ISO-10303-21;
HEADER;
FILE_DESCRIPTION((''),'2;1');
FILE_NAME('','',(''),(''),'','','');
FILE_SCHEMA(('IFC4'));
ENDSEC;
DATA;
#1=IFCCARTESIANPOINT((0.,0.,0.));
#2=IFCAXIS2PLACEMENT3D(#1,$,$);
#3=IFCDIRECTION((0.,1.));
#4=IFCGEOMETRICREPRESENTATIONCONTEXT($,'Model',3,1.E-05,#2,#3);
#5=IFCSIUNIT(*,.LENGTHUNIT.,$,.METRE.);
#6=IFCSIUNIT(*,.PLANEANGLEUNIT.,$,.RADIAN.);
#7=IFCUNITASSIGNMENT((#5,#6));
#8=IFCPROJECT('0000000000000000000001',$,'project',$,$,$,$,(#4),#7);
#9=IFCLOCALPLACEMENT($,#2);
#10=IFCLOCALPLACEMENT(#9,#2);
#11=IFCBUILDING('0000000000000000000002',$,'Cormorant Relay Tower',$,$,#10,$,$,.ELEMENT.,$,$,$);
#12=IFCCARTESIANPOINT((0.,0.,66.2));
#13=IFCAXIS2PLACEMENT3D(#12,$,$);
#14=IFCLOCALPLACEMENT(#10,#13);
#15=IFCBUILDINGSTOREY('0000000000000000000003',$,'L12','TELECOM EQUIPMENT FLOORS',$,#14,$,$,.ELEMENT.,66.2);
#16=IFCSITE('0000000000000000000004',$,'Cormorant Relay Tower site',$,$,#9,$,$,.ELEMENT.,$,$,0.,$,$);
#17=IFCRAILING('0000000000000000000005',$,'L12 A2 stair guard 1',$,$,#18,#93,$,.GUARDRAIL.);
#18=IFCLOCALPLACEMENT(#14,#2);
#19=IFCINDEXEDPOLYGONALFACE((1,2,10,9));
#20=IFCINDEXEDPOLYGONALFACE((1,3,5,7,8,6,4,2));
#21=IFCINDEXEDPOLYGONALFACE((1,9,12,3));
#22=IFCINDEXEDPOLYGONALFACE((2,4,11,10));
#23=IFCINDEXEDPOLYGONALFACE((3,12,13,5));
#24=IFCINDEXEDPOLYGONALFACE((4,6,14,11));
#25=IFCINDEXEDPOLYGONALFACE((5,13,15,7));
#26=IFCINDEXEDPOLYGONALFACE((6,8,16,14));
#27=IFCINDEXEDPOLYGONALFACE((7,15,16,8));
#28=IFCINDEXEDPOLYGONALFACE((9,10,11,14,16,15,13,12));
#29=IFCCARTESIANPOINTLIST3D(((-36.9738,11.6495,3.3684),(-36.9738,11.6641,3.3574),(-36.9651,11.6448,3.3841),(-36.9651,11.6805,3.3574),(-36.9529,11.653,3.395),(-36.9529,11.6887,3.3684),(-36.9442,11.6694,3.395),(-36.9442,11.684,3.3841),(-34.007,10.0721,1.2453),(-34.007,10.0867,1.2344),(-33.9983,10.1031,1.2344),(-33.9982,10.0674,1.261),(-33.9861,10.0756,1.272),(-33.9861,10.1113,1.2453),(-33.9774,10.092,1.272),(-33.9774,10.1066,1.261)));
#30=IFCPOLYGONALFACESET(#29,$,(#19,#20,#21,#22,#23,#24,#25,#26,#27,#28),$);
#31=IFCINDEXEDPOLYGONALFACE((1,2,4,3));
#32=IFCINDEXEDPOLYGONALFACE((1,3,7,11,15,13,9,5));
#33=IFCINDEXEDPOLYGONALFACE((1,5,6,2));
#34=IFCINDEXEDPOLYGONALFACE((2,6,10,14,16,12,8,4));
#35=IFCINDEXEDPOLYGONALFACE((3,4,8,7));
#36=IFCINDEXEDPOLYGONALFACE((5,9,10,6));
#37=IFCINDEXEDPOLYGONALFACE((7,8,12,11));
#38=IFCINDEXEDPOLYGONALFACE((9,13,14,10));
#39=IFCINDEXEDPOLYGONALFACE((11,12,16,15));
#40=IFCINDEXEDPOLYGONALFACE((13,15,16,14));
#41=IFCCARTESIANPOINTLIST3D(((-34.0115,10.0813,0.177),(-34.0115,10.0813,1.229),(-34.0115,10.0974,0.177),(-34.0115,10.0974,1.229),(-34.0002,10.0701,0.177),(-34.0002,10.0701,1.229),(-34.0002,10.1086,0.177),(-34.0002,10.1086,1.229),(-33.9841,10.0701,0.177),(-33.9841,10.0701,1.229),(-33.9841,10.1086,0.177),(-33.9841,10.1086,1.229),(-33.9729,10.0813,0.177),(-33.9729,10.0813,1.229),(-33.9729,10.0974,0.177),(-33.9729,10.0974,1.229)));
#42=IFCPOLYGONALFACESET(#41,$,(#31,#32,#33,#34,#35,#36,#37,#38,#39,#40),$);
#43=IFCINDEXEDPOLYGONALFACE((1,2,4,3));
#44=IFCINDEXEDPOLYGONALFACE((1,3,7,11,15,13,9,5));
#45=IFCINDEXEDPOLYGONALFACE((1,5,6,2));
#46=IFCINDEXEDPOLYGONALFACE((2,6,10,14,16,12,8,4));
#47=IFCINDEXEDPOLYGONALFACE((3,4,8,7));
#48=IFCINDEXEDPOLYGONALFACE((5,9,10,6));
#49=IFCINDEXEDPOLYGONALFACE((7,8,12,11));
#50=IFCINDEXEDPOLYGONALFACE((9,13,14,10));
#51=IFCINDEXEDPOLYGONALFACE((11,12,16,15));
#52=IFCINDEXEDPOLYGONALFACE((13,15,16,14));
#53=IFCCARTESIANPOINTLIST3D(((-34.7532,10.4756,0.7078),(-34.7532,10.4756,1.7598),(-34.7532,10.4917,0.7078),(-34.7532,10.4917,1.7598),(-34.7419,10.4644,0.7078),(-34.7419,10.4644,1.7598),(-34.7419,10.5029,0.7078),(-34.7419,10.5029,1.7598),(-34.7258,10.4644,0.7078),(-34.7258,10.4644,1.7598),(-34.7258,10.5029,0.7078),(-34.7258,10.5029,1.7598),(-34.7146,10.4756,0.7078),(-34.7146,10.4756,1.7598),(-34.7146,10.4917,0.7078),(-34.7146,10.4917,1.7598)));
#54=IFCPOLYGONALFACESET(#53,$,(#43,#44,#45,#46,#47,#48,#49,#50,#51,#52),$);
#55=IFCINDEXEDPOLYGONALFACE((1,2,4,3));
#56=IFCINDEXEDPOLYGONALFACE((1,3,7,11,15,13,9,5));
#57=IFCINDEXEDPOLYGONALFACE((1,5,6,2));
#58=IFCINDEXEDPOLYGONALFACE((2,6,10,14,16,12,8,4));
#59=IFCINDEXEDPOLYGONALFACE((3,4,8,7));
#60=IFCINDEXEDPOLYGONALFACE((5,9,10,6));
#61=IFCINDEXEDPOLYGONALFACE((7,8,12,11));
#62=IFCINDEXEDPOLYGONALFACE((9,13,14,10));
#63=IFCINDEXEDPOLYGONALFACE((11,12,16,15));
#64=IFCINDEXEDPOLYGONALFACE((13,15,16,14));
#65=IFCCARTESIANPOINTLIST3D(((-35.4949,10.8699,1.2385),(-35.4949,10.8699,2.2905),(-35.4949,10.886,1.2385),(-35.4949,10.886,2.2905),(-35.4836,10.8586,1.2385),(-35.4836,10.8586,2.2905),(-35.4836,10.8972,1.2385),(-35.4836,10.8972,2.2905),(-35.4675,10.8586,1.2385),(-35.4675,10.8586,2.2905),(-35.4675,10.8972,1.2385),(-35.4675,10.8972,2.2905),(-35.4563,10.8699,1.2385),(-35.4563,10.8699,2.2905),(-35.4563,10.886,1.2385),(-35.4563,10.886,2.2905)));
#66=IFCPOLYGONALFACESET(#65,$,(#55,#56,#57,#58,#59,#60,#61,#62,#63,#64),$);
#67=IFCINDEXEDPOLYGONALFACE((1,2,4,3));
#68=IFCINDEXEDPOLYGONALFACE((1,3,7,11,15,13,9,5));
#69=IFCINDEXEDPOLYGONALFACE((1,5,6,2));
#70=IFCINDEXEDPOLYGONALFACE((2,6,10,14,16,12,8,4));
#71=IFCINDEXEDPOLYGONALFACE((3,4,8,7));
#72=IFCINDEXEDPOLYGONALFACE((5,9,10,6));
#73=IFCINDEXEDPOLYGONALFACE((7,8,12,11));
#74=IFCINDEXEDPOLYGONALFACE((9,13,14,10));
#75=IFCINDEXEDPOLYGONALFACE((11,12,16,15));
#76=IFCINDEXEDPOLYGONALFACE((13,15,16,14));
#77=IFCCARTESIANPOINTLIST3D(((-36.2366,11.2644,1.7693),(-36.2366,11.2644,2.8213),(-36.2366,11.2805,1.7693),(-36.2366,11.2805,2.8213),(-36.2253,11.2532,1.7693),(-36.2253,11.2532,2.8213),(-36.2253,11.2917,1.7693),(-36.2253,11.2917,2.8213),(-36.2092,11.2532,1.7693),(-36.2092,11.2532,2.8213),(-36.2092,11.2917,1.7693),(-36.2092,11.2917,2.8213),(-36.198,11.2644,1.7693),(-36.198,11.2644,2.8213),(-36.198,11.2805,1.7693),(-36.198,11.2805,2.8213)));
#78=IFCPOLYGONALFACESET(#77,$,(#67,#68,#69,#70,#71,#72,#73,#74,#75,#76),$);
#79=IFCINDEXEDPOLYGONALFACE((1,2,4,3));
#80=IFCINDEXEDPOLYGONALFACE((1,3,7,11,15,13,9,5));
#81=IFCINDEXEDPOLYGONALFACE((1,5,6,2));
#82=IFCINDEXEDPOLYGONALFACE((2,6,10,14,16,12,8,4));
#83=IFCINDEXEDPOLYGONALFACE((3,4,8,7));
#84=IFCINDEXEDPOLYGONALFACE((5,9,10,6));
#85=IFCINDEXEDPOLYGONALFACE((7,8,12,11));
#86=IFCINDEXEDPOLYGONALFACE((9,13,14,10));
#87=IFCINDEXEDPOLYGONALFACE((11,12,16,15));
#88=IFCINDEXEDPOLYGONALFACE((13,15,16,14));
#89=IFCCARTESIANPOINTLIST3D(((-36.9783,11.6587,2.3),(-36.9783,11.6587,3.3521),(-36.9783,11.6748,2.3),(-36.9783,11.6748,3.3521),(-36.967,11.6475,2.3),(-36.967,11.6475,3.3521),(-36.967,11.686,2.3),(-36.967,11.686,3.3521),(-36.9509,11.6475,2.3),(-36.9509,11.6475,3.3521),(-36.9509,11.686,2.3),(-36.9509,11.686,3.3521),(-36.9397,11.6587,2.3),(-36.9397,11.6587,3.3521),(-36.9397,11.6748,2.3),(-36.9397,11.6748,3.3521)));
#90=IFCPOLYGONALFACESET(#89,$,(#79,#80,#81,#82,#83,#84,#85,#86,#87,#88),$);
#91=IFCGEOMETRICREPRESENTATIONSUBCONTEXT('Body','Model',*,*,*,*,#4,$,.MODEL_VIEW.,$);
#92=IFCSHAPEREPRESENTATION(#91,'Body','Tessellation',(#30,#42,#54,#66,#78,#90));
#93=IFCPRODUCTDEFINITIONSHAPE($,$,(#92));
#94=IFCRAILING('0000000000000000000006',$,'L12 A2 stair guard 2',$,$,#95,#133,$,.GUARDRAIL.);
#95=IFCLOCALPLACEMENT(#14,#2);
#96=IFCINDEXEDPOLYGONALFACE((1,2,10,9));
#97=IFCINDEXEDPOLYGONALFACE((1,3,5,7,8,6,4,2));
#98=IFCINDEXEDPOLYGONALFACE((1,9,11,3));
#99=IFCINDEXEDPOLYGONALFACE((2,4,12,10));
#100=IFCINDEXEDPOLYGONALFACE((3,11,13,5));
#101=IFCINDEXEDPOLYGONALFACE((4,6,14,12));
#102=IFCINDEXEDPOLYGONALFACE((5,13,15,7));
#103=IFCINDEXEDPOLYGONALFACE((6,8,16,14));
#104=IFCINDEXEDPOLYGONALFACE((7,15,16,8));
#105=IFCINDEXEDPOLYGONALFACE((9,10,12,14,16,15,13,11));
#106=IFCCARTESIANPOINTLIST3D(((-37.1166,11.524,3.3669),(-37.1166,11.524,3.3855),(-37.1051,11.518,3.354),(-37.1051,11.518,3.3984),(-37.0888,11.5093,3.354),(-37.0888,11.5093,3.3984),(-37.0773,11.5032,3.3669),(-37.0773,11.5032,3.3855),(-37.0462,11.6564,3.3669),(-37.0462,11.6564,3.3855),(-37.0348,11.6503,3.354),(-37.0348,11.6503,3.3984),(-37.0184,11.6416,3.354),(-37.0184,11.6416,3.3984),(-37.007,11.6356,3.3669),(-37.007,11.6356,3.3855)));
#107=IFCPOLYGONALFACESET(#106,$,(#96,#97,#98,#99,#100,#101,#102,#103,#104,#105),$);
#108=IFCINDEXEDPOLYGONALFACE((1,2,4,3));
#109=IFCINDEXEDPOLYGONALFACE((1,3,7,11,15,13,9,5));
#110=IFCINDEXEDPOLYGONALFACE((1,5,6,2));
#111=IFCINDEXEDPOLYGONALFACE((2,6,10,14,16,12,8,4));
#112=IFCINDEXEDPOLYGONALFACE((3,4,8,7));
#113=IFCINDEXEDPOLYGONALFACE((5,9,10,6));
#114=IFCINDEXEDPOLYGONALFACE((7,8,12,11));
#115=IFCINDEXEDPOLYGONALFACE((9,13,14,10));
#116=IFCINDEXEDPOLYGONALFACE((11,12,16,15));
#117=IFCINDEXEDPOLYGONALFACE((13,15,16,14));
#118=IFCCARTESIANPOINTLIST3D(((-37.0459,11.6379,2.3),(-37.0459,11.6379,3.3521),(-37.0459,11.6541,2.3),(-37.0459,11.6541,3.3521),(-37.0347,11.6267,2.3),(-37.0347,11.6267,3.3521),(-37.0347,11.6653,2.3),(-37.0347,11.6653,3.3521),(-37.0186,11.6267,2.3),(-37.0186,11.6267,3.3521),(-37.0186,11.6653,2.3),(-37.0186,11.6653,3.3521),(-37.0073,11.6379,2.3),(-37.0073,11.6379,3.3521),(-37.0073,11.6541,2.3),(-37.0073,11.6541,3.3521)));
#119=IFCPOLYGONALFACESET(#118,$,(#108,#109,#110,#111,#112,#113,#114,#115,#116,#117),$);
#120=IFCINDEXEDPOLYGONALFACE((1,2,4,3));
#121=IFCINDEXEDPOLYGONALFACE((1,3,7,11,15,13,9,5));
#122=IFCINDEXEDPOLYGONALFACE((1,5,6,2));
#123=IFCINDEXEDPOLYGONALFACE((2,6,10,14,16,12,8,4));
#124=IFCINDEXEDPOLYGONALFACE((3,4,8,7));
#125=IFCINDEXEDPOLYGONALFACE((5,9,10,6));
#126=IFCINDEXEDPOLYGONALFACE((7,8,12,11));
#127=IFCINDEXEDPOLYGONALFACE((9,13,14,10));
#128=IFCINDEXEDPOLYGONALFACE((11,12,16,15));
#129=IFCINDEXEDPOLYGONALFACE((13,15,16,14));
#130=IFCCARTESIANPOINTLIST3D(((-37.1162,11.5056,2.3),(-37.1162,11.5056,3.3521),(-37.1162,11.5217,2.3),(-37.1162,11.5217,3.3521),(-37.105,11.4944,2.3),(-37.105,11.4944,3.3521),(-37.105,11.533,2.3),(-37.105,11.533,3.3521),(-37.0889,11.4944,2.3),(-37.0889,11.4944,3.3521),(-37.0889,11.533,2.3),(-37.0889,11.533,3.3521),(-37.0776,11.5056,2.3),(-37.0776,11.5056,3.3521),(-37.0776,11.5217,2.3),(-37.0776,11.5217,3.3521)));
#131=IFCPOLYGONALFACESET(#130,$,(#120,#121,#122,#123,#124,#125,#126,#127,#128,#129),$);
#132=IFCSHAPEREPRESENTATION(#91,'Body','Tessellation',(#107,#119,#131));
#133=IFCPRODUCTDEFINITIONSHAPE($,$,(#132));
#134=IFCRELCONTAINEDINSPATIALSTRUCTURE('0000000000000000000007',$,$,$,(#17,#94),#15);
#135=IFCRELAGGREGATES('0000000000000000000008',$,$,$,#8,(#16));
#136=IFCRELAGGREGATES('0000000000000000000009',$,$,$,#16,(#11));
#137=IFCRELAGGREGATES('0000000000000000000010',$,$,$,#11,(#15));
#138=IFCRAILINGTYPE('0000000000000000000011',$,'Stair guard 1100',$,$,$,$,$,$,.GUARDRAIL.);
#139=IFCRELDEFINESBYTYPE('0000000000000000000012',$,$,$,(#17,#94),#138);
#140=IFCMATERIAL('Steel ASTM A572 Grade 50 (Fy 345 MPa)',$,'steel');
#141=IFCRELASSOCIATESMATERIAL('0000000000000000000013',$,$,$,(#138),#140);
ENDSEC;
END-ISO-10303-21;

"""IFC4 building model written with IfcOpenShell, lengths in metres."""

from ifc_helpers import new_model, si_unit, direction, frame, origin, place, context, subcontext, project, spatial, polyline, outline, extrude, material, type_object, element, save


model = new_model("IFC4")

# Units and contexts
model_context = context("Model", 3, precision=1e-05, world=origin(), true_north=direction((0.0, 1.0)))
body_context = subcontext(model_context, "Body", "Model", "MODEL_VIEW")
ifc_project = project(units=[si_unit("LENGTHUNIT", "METRE"), si_unit("PLANEANGLEUNIT", "RADIAN")], contexts=[model_context])

# Site, building, storey
site_placement = place(None, origin())
site = spatial("IfcSite", under=ifc_project, at=site_placement, Name="Cormorant Relay Tower site", CompositionType="ELEMENT", RefElevation=0.0)
building_placement = place(site_placement, origin())
building = spatial("IfcBuilding", under=site, at=building_placement, Name="Cormorant Relay Tower", CompositionType="ELEMENT")
storey_placement = place(building_placement, frame((0.0, 0.0, 66.2)))
storey = spatial("IfcBuildingStorey", under=building, at=storey_placement, Name="L12", Description="TELECOM EQUIPMENT FLOORS", CompositionType="ELEMENT", Elevation=66.2)

# Railings
ifc_material_1 = material(Name="Steel ASTM A572 Grade 50 (Fy 345 MPa)", Category="steel")
railing_type_1 = type_object("IfcRailingType", Name="Stair guard 1100", PredefinedType="GUARDRAIL", material=ifc_material_1)
railing_1_placement = place(storey_placement, frame((-33.9922, 10.0894, 0.177)))
element("IfcRailing", 1, at=railing_1_placement, inside=storey, type_object=railing_type_1, Name="L12 A2 stair guard 1", PredefinedType="GUARDRAIL", context=body_context, shape_type="SweptSolid", body=[
    extrude(outline(polyline([(0.0222, 0.0093), (0.0093, 0.0222), (-0.0093, 0.0222), (-0.0222, 0.0093), (-0.0222, -0.0093), (-0.0093, -0.0222), (0.0093, -0.0222), (0.0222, -0.0093), (0.0222, 0.0093)])), frame((0.0, 0.0, 1.0762), z_axis=(-0.746441, 0.396869, 0.534155), x_axis=(-0.469453, -0.882958, 0.0)), (0.0, 0.0, 1.0), 3.9746),
    extrude(outline(polyline([(0.0193, 0.0081), (0.0081, 0.0193), (-0.0081, 0.0193), (-0.0193, 0.0081), (-0.0193, -0.0081), (-0.0081, -0.0193), (0.0081, -0.0193), (0.0193, -0.0081), (0.0193, 0.0081)])), origin(), (0.0, 0.0, 1.0), 1.052),
    extrude(outline(polyline([(0.0193, 0.0081), (0.0081, 0.0193), (-0.0081, 0.0193), (-0.0193, 0.0081), (-0.0193, -0.0081), (-0.0081, -0.0193), (0.0081, -0.0193), (0.0193, -0.0081), (0.0193, 0.0081)])), frame((-0.7417, 0.3943, 0.5308)), (0.0, 0.0, 1.0), 1.052),
    extrude(outline(polyline([(0.0193, 0.0081), (0.0081, 0.0193), (-0.0081, 0.0193), (-0.0193, 0.0081), (-0.0193, -0.0081), (-0.0081, -0.0193), (0.0081, -0.0193), (0.0193, -0.0081), (0.0193, 0.0081)])), frame((-1.4834, 0.7886, 1.0615)), (0.0, 0.0, 1.0), 1.052),
    extrude(outline(polyline([(0.0193, 0.0081), (0.0081, 0.0193), (-0.0081, 0.0193), (-0.0193, 0.0081), (-0.0193, -0.0081), (-0.0081, -0.0193), (0.0081, -0.0193), (0.0193, -0.0081), (0.0193, 0.0081)])), frame((-2.2251, 1.1831, 1.5923)), (0.0, 0.0, 1.0), 1.052),
    extrude(outline(polyline([(0.0193, 0.0081), (0.0081, 0.0193), (-0.0081, 0.0193), (-0.0193, 0.0081), (-0.0193, -0.0081), (-0.0081, -0.0193), (0.0081, -0.0193), (0.0193, -0.0081), (0.0193, 0.0081)])), frame((-2.9668, 1.5774, 2.123)), (0.0, 0.0, 1.0), 1.052),
])
railing_2_placement = place(storey_placement, frame((-37.0266, 11.646, 2.3)))
element("IfcRailing", 2, at=railing_2_placement, inside=storey, type_object=railing_type_1, Name="L12 A2 stair guard 2", PredefinedType="GUARDRAIL", context=body_context, shape_type="SweptSolid", body=[
    extrude(outline(polyline([(0.0222, 0.0093), (0.0093, 0.0222), (-0.0093, 0.0222), (-0.0222, 0.0093), (-0.0222, -0.0093), (-0.0093, -0.0222), (0.0093, -0.0222), (0.0222, -0.0093), (0.0222, 0.0093)])), frame((0.0, 0.0, 1.0762), z_axis=(-0.469235, -0.883074, 0.0), x_axis=(0.883074, -0.469235, 0.0)), (0.0, 0.0, 1.0), 0.1499),
    extrude(outline(polyline([(0.0193, 0.0081), (0.0081, 0.0193), (-0.0081, 0.0193), (-0.0193, 0.0081), (-0.0193, -0.0081), (-0.0081, -0.0193), (0.0081, -0.0193), (0.0193, -0.0081), (0.0193, 0.0081)])), origin(), (0.0, 0.0, 1.0), 1.052),
    extrude(outline(polyline([(0.0193, 0.0081), (0.0081, 0.0193), (-0.0081, 0.0193), (-0.0193, 0.0081), (-0.0193, -0.0081), (-0.0081, -0.0193), (0.0081, -0.0193), (0.0193, -0.0081), (0.0193, 0.0081)])), frame((-0.0703, -0.1323, 0.0)), (0.0, 0.0, 1.0), 1.052),
])

save(model, "model.ifc")
